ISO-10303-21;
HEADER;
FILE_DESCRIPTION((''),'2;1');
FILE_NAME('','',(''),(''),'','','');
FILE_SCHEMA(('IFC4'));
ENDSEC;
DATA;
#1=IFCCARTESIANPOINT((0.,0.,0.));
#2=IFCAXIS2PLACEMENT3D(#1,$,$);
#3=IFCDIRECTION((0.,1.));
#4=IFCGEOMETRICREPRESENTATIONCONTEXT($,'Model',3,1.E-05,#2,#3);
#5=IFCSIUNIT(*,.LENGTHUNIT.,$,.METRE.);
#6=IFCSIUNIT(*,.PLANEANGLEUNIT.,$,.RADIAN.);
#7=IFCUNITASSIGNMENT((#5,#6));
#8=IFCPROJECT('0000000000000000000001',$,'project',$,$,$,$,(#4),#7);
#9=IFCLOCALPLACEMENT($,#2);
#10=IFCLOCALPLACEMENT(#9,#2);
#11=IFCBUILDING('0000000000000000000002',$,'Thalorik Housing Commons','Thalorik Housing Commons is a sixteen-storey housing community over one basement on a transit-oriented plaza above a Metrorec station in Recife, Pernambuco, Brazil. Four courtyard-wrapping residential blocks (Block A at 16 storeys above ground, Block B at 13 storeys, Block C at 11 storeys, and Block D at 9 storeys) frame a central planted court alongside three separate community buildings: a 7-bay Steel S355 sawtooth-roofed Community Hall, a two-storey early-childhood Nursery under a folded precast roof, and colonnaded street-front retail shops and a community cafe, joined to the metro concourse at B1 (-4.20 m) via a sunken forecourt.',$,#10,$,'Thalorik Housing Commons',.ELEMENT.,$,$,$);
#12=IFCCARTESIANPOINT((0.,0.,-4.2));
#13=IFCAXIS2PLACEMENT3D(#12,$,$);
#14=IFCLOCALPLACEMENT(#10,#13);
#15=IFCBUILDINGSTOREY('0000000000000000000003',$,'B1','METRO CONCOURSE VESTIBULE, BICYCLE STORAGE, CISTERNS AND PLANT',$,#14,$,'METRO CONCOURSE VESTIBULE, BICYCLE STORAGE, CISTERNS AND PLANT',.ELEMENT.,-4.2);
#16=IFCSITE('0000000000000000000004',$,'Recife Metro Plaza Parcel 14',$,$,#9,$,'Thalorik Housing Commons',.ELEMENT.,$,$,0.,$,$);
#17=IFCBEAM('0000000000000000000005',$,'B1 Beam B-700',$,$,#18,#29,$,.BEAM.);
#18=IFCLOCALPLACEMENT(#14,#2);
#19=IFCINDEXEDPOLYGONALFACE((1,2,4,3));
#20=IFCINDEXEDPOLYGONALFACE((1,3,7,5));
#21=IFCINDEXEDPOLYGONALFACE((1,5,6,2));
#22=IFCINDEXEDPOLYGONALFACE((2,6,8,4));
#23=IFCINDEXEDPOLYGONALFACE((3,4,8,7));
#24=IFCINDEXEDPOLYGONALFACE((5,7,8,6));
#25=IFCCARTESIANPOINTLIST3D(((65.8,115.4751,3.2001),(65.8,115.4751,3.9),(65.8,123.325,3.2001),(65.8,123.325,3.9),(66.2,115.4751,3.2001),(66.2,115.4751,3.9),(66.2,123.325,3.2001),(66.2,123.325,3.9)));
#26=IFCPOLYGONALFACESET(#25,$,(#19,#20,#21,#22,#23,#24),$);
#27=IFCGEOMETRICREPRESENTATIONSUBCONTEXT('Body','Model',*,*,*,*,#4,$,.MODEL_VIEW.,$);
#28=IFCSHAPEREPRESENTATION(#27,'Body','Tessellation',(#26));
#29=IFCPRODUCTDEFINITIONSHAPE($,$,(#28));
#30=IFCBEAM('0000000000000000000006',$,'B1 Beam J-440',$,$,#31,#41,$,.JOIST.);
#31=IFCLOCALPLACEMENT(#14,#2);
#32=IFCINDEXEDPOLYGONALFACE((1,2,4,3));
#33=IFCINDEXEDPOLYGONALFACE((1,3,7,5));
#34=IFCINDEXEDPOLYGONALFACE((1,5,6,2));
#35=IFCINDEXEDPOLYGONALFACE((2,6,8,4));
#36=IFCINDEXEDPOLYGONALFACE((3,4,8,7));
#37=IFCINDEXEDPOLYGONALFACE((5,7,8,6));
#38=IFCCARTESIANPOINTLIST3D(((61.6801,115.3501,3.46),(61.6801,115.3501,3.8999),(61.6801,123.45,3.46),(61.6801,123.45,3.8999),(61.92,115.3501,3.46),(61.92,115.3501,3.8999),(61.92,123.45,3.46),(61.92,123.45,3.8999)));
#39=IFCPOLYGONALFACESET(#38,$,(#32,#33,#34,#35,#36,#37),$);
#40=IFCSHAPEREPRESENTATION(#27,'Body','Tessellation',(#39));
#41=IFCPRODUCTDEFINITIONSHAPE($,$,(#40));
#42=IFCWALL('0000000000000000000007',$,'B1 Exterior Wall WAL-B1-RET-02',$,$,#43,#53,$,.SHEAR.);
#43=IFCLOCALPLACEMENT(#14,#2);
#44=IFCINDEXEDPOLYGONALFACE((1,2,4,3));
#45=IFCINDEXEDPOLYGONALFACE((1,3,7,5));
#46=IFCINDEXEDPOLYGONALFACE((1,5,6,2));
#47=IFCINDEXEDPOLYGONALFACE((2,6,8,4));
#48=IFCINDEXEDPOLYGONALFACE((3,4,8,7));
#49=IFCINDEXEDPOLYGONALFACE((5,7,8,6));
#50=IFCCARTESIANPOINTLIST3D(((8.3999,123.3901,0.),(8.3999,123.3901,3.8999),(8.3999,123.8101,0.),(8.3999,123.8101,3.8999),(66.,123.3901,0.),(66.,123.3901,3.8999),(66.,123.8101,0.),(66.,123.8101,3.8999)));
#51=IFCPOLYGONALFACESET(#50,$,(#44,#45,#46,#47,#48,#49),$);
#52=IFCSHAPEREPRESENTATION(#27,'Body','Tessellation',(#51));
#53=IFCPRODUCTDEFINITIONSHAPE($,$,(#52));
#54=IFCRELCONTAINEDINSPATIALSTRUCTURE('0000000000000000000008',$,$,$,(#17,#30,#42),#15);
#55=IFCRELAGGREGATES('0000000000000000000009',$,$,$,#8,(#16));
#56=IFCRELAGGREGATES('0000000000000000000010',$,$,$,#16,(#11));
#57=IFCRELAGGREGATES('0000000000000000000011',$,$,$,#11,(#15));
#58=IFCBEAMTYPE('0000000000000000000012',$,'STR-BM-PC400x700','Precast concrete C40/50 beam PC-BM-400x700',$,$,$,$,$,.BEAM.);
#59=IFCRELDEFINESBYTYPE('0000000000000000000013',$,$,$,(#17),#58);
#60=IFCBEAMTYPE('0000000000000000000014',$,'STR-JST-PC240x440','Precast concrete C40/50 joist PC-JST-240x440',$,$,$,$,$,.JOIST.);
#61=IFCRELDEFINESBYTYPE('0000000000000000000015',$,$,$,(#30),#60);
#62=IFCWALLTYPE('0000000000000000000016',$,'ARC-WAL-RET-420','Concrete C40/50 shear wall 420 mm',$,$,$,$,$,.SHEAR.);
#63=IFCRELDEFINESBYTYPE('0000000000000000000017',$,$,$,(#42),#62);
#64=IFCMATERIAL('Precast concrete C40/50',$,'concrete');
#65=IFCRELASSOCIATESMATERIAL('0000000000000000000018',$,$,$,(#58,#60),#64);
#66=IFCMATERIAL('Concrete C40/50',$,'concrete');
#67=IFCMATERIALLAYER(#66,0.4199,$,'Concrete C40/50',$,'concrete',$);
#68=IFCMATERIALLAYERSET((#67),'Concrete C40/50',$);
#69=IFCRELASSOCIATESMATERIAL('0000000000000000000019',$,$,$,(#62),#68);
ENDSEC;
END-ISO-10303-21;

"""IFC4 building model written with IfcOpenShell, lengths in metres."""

from ifc_helpers import new_model, si_unit, direction, frame, frame_2d, origin, origin_2d, place, context, subcontext, project, spatial, rectangle, extrude, material, layer, layer_set, material_profile, profile_set, type_object, element, save


model = new_model("IFC4")

# Units and contexts
model_context = context("Model", 3, precision=1e-05, world=origin(), true_north=direction((0.0, 1.0)))
body_context = subcontext(model_context, "Body", "Model", "MODEL_VIEW")
ifc_project = project(units=[si_unit("LENGTHUNIT", "METRE"), si_unit("PLANEANGLEUNIT", "RADIAN")], contexts=[model_context])

# Site, building, storey
site_placement = place(None, origin())
site = spatial("IfcSite", under=ifc_project, at=site_placement, Name="Recife Metro Plaza Parcel 14", LongName="Thalorik Housing Commons", CompositionType="ELEMENT", RefElevation=0.0)
building_placement = place(site_placement, origin())
building = spatial("IfcBuilding", under=site, at=building_placement, Name="Thalorik Housing Commons", Description="Thalorik Housing Commons is a sixteen-storey housing community over one basement on a transit-oriented plaza above a Metrorec station in Recife, Pernambuco, Brazil. Four courtyard-wrapping residential blocks (Block A at 16 storeys above ground, Block B at 13 storeys, Block C at 11 storeys, and Block D at 9 storeys) frame a central planted court alongside three separate community buildings: a 7-bay Steel S355 sawtooth-roofed Community Hall, a two-storey early-childhood Nursery under a folded precast roof, and colonnaded street-front retail shops and a community cafe, joined to the metro concourse at B1 (-4.20 m) via a sunken forecourt.", LongName="Thalorik Housing Commons", CompositionType="ELEMENT")
storey_placement = place(building_placement, frame((0.0, 0.0, -4.2)))
storey = spatial("IfcBuildingStorey", under=building, at=storey_placement, Name="B1", Description="METRO CONCOURSE VESTIBULE, BICYCLE STORAGE, CISTERNS AND PLANT", LongName="METRO CONCOURSE VESTIBULE, BICYCLE STORAGE, CISTERNS AND PLANT", CompositionType="ELEMENT", Elevation=-4.2)

# Shared definitions
ifc_material_1 = material(Name="Concrete C40/50", Category="concrete")

# Shared definitions
ifc_material_2 = material(Name="Precast concrete C40/50", Category="concrete")

# Beams
ifc_material_profile_1 = material_profile(ifc_material_2, rectangle(XDim=0.3999, YDim=0.7, at=origin_2d()), Name="PC 400x700", Category="concrete")
ifc_profile_set_1 = profile_set([ifc_material_profile_1], Name="Precast concrete C40/50")
beam_type_1 = type_object("IfcBeamType", Name="STR-BM-PC400x700", Description="Precast concrete C40/50 beam PC-BM-400x700", PredefinedType="BEAM", material=ifc_profile_set_1)
beam_1_placement = place(storey_placement, frame((66.0, 115.4751, 3.55), z_axis=(0.0, 1.0, 0.0), x_axis=(-1.0, 0.0, 0.0)))
element("IfcBeam", 1, at=beam_1_placement, inside=storey, type_object=beam_type_1, Name="B1 Beam B-700", PredefinedType="BEAM", context=body_context, shape_type="SweptSolid", body=[
    extrude(rectangle(XDim=0.3999, YDim=0.7, at=origin_2d()), origin(), (0.0, 0.0, 1.0), 7.8499),
])
ifc_material_profile_2 = material_profile(ifc_material_2, rectangle(XDim=0.24, YDim=0.4399, at=origin_2d()), Name="PC JST 240x440", Category="concrete")
ifc_profile_set_2 = profile_set([ifc_material_profile_2], Name="Precast concrete C40/50")
beam_type_2 = type_object("IfcBeamType", Name="STR-JST-PC240x440", Description="Precast concrete C40/50 joist PC-JST-240x440", PredefinedType="JOIST", material=ifc_profile_set_2)
beam_2_placement = place(storey_placement, frame((61.8, 115.3501, 3.6799), z_axis=(0.0, 1.0, 0.0), x_axis=(-1.0, 0.0, 0.0)))
element("IfcBeam", 2, at=beam_2_placement, inside=storey, type_object=beam_type_2, Name="B1 Beam J-440", PredefinedType="JOIST", context=body_context, shape_type="SweptSolid", body=[
    extrude(rectangle(XDim=0.24, YDim=0.4399, at=origin_2d()), origin(), (0.0, 0.0, 1.0), 8.0999),
])

# Wall
ifc_layer = layer(ifc_material_1, 0.4199, Name="Concrete C40/50", Category="concrete")
ifc_layer_set = layer_set([ifc_layer], Name="Concrete C40/50")
wall_type = type_object("IfcWallType", Name="ARC-WAL-RET-420", Description="Concrete C40/50 shear wall 420 mm", PredefinedType="SHEAR", material=ifc_layer_set)
wall_placement = place(storey_placement, frame((66.0, 123.6001, 0.0), z_axis=(0.0, 0.0, 1.0), x_axis=(-1.0, 0.0, 0.0)))
element("IfcWall", 3, at=wall_placement, inside=storey, type_object=wall_type, Name="B1 Exterior Wall WAL-B1-RET-02", PredefinedType="SHEAR", context=body_context, shape_type="SweptSolid", body=[
    extrude(rectangle(XDim=57.6001, YDim=0.4199, at=frame_2d((28.8, 0.0))), origin(), (0.0, 0.0, 1.0), 3.8999),
])

save(model, "model.ifc")
